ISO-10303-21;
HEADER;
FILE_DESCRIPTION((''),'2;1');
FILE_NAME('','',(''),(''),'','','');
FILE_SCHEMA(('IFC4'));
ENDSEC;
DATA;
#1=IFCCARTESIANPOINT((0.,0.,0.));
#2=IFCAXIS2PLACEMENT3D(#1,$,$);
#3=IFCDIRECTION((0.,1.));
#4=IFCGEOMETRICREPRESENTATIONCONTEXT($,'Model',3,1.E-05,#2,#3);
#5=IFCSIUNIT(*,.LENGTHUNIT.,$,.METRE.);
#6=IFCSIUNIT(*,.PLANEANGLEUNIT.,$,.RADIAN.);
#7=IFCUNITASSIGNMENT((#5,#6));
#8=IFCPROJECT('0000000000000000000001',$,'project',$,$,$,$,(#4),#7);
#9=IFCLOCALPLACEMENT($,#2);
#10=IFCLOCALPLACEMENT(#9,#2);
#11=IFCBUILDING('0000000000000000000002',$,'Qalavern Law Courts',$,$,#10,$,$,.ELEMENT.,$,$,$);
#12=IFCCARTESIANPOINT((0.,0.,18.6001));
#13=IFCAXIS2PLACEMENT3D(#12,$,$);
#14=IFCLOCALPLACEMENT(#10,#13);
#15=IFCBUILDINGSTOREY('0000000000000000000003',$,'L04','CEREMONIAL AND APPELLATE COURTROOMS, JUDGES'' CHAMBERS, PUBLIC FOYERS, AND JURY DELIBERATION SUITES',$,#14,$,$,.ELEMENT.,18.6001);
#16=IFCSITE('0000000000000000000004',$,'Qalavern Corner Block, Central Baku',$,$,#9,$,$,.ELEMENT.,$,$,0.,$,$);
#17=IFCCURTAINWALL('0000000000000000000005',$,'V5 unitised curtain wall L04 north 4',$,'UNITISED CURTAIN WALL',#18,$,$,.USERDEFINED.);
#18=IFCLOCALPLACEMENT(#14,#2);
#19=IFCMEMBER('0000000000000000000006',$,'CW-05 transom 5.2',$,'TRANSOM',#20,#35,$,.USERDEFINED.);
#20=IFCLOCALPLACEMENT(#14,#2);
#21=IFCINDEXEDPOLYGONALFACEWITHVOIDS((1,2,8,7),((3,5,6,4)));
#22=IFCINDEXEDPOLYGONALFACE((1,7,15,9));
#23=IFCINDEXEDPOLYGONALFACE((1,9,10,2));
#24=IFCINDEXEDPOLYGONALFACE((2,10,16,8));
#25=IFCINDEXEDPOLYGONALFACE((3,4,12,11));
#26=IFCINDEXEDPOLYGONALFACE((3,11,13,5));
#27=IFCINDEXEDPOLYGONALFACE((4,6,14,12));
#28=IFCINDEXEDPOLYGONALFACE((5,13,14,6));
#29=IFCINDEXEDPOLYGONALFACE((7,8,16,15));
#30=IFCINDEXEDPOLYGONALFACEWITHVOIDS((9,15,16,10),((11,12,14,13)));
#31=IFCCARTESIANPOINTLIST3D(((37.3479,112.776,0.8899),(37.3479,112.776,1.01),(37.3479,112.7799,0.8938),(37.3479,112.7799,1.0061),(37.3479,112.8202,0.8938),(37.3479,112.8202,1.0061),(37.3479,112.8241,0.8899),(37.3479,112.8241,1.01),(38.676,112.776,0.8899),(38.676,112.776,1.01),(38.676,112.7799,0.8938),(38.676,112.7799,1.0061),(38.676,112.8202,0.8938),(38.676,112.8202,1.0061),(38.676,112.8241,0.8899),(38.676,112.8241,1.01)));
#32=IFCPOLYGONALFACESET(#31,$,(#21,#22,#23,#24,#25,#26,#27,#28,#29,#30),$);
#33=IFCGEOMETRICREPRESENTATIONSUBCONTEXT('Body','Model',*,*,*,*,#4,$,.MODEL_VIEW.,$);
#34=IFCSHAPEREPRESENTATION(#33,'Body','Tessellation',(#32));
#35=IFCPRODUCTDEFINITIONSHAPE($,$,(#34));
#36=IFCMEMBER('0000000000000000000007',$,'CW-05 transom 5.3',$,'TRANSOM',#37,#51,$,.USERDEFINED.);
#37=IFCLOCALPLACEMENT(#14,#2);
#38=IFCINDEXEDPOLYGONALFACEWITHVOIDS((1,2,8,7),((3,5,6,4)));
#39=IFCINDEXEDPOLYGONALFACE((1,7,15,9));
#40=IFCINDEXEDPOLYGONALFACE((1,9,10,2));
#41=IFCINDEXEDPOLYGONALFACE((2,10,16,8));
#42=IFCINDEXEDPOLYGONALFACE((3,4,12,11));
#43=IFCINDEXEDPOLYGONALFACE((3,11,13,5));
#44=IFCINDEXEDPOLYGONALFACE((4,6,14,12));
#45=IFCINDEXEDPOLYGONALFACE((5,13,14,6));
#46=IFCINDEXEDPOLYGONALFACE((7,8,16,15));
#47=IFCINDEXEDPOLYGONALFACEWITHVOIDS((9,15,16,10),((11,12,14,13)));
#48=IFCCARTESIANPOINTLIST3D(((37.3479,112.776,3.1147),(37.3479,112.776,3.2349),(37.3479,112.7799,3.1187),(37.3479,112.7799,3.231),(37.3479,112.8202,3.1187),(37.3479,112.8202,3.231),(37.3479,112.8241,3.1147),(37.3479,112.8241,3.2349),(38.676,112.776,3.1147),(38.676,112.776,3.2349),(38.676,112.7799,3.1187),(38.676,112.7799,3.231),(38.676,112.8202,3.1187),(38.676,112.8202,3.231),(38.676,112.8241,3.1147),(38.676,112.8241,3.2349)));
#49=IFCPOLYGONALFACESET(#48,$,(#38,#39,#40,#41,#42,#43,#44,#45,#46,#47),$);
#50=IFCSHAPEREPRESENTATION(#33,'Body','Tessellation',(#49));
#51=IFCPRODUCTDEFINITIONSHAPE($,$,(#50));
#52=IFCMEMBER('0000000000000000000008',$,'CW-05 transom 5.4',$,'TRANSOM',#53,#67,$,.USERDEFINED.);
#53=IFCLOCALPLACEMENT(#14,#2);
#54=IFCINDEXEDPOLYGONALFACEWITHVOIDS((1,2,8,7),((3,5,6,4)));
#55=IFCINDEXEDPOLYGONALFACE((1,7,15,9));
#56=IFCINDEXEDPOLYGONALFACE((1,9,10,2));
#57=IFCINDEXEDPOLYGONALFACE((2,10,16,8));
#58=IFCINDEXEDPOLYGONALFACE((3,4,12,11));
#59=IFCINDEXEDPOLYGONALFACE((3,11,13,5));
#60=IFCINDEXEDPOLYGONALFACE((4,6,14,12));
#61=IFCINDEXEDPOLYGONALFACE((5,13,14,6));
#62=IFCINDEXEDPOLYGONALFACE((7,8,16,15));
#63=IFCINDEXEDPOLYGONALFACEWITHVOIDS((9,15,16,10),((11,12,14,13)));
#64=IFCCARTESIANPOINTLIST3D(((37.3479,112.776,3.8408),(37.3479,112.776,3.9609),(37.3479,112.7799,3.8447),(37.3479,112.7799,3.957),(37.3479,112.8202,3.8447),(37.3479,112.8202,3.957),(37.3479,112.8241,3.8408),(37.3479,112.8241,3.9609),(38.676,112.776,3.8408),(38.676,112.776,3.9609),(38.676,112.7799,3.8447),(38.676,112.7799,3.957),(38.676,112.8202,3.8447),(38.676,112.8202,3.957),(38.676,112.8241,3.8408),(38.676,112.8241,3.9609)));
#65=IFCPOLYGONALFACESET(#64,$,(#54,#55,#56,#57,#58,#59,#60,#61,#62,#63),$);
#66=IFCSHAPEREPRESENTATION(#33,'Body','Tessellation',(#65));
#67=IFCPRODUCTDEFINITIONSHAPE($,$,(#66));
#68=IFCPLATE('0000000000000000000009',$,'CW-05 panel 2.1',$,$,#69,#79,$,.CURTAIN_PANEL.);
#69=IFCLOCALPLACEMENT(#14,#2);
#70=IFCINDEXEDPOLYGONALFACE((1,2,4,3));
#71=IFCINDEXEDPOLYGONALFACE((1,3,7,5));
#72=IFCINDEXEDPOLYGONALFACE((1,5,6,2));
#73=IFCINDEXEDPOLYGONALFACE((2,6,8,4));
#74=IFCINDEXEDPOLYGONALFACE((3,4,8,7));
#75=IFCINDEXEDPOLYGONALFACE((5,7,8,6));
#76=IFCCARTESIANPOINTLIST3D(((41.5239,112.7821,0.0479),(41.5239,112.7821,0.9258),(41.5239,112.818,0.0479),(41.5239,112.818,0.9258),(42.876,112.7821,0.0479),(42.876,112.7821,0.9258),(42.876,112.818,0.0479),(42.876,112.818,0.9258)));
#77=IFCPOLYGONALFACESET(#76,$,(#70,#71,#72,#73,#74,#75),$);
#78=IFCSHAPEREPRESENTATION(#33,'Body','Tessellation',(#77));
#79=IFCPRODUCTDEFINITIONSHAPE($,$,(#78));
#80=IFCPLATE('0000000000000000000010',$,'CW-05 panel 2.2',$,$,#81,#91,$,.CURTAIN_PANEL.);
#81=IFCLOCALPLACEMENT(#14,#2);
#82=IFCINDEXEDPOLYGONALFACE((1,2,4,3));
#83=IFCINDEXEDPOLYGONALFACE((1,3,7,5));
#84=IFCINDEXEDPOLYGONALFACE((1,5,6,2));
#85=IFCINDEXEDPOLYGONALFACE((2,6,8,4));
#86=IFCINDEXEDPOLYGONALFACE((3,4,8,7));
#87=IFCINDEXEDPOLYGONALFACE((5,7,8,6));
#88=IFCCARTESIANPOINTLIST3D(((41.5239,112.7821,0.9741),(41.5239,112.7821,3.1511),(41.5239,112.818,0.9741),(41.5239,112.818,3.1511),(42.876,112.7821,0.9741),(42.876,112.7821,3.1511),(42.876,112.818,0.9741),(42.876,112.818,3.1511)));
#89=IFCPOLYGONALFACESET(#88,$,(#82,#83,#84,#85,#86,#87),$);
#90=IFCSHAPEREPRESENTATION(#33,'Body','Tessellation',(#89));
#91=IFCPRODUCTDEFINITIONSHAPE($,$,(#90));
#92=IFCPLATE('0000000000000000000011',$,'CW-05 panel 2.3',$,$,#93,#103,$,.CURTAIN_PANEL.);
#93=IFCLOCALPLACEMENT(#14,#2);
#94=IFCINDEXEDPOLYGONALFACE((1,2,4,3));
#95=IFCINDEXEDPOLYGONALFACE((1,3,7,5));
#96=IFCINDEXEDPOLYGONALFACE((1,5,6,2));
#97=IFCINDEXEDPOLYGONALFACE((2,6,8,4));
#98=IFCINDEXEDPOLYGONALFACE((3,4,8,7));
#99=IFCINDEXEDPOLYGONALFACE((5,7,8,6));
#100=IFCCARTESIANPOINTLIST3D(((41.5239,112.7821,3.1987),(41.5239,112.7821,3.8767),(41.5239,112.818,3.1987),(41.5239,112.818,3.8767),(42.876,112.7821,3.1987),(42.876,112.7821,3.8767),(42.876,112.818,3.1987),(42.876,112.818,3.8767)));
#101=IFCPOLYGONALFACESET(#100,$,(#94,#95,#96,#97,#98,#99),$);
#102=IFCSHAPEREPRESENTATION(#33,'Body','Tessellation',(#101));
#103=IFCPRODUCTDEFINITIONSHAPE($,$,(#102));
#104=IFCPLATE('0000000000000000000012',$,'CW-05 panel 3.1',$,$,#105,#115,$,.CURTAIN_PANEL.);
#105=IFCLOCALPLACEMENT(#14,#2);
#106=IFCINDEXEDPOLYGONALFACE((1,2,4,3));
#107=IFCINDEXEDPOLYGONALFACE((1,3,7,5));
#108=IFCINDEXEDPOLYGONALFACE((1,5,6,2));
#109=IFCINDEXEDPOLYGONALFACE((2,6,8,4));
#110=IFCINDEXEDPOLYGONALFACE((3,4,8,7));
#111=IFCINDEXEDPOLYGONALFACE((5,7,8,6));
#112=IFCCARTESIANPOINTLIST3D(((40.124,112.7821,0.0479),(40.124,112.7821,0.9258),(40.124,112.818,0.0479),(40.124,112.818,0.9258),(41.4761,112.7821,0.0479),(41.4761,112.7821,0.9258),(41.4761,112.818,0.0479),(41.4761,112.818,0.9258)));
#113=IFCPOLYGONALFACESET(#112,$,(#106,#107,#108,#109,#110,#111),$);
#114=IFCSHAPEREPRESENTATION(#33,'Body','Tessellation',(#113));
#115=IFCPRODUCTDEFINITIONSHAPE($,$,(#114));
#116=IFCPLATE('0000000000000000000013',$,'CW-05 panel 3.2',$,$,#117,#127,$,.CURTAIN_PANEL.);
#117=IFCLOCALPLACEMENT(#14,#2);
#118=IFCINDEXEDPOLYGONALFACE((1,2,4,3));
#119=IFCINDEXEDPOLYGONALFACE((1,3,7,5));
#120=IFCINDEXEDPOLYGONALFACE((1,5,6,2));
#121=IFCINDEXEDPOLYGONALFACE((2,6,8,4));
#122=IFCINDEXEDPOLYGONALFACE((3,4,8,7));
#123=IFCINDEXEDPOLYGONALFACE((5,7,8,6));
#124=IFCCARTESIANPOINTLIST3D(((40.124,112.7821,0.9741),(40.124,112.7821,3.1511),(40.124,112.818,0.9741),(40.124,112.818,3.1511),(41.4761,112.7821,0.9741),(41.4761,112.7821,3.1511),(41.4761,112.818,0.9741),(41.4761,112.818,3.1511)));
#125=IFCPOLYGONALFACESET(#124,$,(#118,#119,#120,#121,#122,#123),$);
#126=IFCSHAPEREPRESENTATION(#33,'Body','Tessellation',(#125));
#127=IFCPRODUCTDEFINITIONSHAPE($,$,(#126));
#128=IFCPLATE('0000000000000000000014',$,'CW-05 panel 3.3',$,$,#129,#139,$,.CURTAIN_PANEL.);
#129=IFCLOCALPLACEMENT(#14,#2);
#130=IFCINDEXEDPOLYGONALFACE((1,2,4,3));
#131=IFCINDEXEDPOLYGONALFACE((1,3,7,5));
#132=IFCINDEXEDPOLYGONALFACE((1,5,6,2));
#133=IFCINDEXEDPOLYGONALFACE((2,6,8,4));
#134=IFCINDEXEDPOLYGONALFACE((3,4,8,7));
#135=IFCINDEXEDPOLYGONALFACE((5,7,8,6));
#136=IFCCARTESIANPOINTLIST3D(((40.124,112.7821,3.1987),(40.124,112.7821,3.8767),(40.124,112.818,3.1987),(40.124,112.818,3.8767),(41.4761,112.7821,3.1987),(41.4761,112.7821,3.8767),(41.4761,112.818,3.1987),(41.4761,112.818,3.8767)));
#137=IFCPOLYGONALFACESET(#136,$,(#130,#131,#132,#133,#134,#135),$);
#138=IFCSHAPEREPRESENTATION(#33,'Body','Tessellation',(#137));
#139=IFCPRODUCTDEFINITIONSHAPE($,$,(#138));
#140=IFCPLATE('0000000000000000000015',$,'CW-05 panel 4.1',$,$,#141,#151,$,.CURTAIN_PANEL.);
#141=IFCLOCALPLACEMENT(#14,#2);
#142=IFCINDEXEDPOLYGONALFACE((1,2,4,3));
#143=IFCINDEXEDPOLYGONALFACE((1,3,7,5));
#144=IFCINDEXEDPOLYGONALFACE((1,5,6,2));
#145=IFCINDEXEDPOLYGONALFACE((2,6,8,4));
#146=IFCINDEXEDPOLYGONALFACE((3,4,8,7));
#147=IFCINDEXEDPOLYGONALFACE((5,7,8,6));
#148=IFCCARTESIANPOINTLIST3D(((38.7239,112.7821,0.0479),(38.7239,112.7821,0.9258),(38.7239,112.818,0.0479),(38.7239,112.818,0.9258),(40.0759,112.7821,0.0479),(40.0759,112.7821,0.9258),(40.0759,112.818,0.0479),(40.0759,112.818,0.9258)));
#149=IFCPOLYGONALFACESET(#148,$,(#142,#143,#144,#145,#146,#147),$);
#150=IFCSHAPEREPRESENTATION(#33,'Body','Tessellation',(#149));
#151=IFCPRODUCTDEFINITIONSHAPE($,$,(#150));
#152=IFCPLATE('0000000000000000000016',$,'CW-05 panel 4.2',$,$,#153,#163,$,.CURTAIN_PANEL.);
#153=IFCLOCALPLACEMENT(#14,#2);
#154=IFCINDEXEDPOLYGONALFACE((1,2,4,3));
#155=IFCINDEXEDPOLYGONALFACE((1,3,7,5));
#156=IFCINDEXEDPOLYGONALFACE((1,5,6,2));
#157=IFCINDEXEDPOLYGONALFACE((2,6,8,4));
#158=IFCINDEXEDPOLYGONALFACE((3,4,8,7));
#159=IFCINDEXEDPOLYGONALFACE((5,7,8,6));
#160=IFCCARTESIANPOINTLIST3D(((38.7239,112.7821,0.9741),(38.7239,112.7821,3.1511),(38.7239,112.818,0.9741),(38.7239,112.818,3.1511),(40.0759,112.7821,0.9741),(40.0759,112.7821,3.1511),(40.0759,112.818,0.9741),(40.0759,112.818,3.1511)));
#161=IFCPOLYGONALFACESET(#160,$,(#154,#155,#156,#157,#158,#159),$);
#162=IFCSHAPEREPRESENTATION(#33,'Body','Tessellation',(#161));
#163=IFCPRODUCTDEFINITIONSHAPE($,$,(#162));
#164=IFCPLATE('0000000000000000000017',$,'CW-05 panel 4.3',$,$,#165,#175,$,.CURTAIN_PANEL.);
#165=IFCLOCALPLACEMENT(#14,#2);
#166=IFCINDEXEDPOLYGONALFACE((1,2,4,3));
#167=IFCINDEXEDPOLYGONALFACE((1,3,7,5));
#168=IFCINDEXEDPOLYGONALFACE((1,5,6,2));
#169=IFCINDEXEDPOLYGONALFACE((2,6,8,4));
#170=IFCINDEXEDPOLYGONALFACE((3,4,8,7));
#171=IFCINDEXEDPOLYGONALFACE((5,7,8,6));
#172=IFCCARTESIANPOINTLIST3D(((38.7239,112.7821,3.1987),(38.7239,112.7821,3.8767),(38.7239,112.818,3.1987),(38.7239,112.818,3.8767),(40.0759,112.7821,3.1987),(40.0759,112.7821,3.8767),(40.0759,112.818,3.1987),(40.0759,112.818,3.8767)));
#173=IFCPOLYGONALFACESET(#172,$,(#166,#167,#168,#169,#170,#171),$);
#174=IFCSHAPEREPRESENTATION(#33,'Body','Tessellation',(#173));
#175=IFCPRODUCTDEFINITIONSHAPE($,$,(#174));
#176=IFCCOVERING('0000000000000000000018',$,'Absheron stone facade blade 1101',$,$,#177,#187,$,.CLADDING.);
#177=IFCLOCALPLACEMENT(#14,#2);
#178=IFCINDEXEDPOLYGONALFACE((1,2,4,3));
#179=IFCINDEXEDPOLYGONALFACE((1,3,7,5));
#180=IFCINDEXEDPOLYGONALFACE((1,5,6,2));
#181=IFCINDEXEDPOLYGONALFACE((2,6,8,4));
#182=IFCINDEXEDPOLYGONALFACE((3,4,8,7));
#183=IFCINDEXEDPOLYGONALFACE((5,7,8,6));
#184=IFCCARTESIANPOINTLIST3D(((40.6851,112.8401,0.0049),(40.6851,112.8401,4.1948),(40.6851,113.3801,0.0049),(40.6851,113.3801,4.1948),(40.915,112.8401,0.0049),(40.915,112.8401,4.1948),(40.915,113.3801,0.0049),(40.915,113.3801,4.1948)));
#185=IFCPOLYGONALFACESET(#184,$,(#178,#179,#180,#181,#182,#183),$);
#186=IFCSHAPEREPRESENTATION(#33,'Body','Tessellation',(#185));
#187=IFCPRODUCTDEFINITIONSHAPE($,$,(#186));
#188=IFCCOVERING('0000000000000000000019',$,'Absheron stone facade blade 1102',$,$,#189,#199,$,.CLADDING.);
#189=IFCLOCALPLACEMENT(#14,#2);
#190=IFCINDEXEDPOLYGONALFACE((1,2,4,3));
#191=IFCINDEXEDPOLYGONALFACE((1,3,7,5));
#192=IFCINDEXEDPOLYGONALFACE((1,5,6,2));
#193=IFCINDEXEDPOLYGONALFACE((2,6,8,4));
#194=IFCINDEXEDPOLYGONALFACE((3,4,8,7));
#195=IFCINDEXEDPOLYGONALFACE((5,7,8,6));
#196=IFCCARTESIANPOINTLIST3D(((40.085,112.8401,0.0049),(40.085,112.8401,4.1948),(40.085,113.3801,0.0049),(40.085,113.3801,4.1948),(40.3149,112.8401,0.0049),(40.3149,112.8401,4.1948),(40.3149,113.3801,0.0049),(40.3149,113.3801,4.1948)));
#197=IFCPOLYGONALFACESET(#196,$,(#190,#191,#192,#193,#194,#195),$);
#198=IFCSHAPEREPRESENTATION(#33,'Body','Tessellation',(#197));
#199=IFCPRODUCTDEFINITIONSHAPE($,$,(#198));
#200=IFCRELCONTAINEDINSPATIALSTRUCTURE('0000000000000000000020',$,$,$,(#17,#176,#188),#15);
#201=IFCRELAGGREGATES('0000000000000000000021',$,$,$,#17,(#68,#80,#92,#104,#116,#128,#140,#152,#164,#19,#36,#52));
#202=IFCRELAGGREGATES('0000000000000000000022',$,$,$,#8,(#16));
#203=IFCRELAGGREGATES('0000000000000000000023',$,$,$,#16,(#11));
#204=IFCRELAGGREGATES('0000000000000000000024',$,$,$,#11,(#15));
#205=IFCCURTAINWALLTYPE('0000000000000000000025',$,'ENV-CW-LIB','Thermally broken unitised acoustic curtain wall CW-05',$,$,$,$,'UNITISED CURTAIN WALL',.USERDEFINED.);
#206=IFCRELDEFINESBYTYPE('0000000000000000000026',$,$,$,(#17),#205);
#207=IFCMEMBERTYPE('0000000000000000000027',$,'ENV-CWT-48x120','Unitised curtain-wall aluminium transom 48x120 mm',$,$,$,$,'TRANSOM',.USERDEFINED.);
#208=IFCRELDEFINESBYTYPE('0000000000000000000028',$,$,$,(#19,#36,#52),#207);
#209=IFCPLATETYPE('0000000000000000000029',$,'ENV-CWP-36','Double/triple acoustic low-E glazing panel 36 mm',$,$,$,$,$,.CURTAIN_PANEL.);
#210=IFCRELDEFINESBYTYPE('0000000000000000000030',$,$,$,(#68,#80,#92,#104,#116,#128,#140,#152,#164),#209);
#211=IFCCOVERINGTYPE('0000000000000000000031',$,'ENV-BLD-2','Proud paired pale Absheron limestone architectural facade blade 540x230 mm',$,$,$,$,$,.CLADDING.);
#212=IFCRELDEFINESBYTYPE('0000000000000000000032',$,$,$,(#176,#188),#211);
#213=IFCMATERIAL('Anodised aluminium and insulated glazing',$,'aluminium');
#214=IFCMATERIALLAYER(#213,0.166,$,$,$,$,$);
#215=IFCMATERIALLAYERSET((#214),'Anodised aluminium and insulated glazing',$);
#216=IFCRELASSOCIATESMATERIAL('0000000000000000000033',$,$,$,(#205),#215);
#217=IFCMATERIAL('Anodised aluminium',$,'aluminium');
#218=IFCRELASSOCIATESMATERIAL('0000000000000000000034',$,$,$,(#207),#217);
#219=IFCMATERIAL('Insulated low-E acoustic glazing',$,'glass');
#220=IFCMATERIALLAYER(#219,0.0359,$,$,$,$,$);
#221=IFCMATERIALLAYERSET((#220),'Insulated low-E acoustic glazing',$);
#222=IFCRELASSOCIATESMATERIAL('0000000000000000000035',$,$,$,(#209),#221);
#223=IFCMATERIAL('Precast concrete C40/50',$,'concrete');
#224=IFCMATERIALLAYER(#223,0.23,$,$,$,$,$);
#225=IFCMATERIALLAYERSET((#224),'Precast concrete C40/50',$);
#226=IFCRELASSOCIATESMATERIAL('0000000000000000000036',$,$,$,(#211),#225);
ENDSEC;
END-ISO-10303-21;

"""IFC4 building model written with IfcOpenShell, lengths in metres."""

from ifc_helpers import new_model, si_unit, direction, frame, origin, origin_2d, place, context, subcontext, project, spatial, rectangle, hollow_rectangle, extrude, material, layer, layer_set, material_profile, profile_set, type_object, element, aggregate, save


model = new_model("IFC4")

# Units and contexts
model_context = context("Model", 3, precision=1e-05, world=origin(), true_north=direction((0.0, 1.0)))
body_context = subcontext(model_context, "Body", "Model", "MODEL_VIEW")
ifc_project = project(units=[si_unit("LENGTHUNIT", "METRE"), si_unit("PLANEANGLEUNIT", "RADIAN")], contexts=[model_context])

# Site, building, storey
site_placement = place(None, origin())
site = spatial("IfcSite", under=ifc_project, at=site_placement, Name="Qalavern Corner Block, Central Baku", CompositionType="ELEMENT", RefElevation=0.0)
building_placement = place(site_placement, origin())
building = spatial("IfcBuilding", under=site, at=building_placement, Name="Qalavern Law Courts", CompositionType="ELEMENT")
storey_placement = place(building_placement, frame((0.0, 0.0, 18.6001)))
storey = spatial("IfcBuildingStorey", under=building, at=storey_placement, Name="L04", Description="CEREMONIAL AND APPELLATE COURTROOMS, JUDGES' CHAMBERS, PUBLIC FOYERS, AND JURY DELIBERATION SUITES", CompositionType="ELEMENT", Elevation=18.6001)

# Curtain wall, members, plates
ifc_material_1 = material(Name="Anodised aluminium and insulated glazing", Category="aluminium")
ifc_layer_1 = layer(ifc_material_1, 0.166)
ifc_layer_set_1 = layer_set([ifc_layer_1], Name="Anodised aluminium and insulated glazing")
curtain_wall_type = type_object("IfcCurtainWallType", Name="ENV-CW-LIB", Description="Thermally broken unitised acoustic curtain wall CW-05", ElementType="UNITISED CURTAIN WALL", PredefinedType="USERDEFINED", material=ifc_layer_set_1)
curtain_wall_placement = place(storey_placement, origin())
curtain_wall = element("IfcCurtainWall", 1, at=curtain_wall_placement, inside=storey, type_object=curtain_wall_type, Name="V5 unitised curtain wall L04 north 4", ObjectType="UNITISED CURTAIN WALL", PredefinedType="USERDEFINED")
ifc_material_2 = material(Name="Anodised aluminium", Category="aluminium")
ifc_material_profile_1 = material_profile(ifc_material_2, hollow_rectangle(XDim=0.0481, YDim=0.1201, WallThickness=0.0039, at=origin_2d()), Name="ALU TRANSOM 48x120")
ifc_profile_set_1 = profile_set([ifc_material_profile_1], Name="Anodised aluminium")
member_type_1 = type_object("IfcMemberType", Name="ENV-CWT-48x120", Description="Unitised curtain-wall aluminium transom 48x120 mm", ElementType="TRANSOM", PredefinedType="USERDEFINED", material=ifc_profile_set_1)
member_1_placement = place(storey_placement, frame((38.676, 112.8, 0.95), z_axis=(-1.0, 0.0, 0.0), x_axis=(0.0, -1.0, 0.0)))
member_1 = element("IfcMember", 2, at=member_1_placement, type_object=member_type_1, Name="CW-05 transom 5.2", ObjectType="TRANSOM", PredefinedType="USERDEFINED", context=body_context, shape_type="SweptSolid", body=[
    extrude(hollow_rectangle(XDim=0.0481, YDim=0.1201, WallThickness=0.0039, at=origin_2d()), origin(), (0.0, 0.0, 1.0), 1.3281),
])
member_2_placement = place(storey_placement, frame((38.676, 112.8, 3.1748), z_axis=(-1.0, 0.0, 0.0), x_axis=(0.0, -1.0, 0.0)))
member_2 = element("IfcMember", 3, at=member_2_placement, type_object=member_type_1, Name="CW-05 transom 5.3", ObjectType="TRANSOM", PredefinedType="USERDEFINED", context=body_context, shape_type="SweptSolid", body=[
    extrude(hollow_rectangle(XDim=0.0481, YDim=0.1201, WallThickness=0.0039, at=origin_2d()), origin(), (0.0, 0.0, 1.0), 1.3281),
])
member_3_placement = place(storey_placement, frame((38.676, 112.8, 3.9009), z_axis=(-1.0, 0.0, 0.0), x_axis=(0.0, -1.0, 0.0)))
member_3 = element("IfcMember", 4, at=member_3_placement, type_object=member_type_1, Name="CW-05 transom 5.4", ObjectType="TRANSOM", PredefinedType="USERDEFINED", context=body_context, shape_type="SweptSolid", body=[
    extrude(hollow_rectangle(XDim=0.0481, YDim=0.1201, WallThickness=0.0039, at=origin_2d()), origin(), (0.0, 0.0, 1.0), 1.3281),
])
ifc_material_3 = material(Name="Insulated low-E acoustic glazing", Category="glass")
ifc_layer_2 = layer(ifc_material_3, 0.0359)
ifc_layer_set_2 = layer_set([ifc_layer_2], Name="Insulated low-E acoustic glazing")
plate_type = type_object("IfcPlateType", Name="ENV-CWP-36", Description="Double/triple acoustic low-E glazing panel 36 mm", PredefinedType="CURTAIN_PANEL", material=ifc_layer_set_2)
plate_1_placement = place(storey_placement, frame((42.2, 112.8, 0.0479), z_axis=(0.0, 0.0, 1.0), x_axis=(-1.0, 0.0, 0.0)))
plate_1 = element("IfcPlate", 5, at=plate_1_placement, type_object=plate_type, Name="CW-05 panel 2.1", PredefinedType="CURTAIN_PANEL", context=body_context, shape_type="SweptSolid", body=[
    extrude(rectangle(XDim=1.3521, YDim=0.0359, at=origin_2d()), origin(), (0.0, 0.0, 1.0), 0.8779),
])
plate_2_placement = place(storey_placement, frame((42.2, 112.8, 0.9741), z_axis=(0.0, 0.0, 1.0), x_axis=(-1.0, 0.0, 0.0)))
plate_2 = element("IfcPlate", 6, at=plate_2_placement, type_object=plate_type, Name="CW-05 panel 2.2", PredefinedType="CURTAIN_PANEL", context=body_context, shape_type="SweptSolid", body=[
    extrude(rectangle(XDim=1.3521, YDim=0.0359, at=origin_2d()), origin(), (0.0, 0.0, 1.0), 2.177),
])
plate_3_placement = place(storey_placement, frame((42.2, 112.8, 3.1987), z_axis=(0.0, 0.0, 1.0), x_axis=(-1.0, 0.0, 0.0)))
plate_3 = element("IfcPlate", 7, at=plate_3_placement, type_object=plate_type, Name="CW-05 panel 2.3", PredefinedType="CURTAIN_PANEL", context=body_context, shape_type="SweptSolid", body=[
    extrude(rectangle(XDim=1.3521, YDim=0.0359, at=origin_2d()), origin(), (0.0, 0.0, 1.0), 0.678),
])
plate_4_placement = place(storey_placement, frame((40.8, 112.8, 0.0479), z_axis=(0.0, 0.0, 1.0), x_axis=(-1.0, 0.0, 0.0)))
plate_4 = element("IfcPlate", 8, at=plate_4_placement, type_object=plate_type, Name="CW-05 panel 3.1", PredefinedType="CURTAIN_PANEL", context=body_context, shape_type="SweptSolid", body=[
    extrude(rectangle(XDim=1.3521, YDim=0.0359, at=origin_2d()), origin(), (0.0, 0.0, 1.0), 0.8779),
])
plate_5_placement = place(storey_placement, frame((40.8, 112.8, 0.9741), z_axis=(0.0, 0.0, 1.0), x_axis=(-1.0, 0.0, 0.0)))
plate_5 = element("IfcPlate", 9, at=plate_5_placement, type_object=plate_type, Name="CW-05 panel 3.2", PredefinedType="CURTAIN_PANEL", context=body_context, shape_type="SweptSolid", body=[
    extrude(rectangle(XDim=1.3521, YDim=0.0359, at=origin_2d()), origin(), (0.0, 0.0, 1.0), 2.177),
])
plate_6_placement = place(storey_placement, frame((40.8, 112.8, 3.1987), z_axis=(0.0, 0.0, 1.0), x_axis=(-1.0, 0.0, 0.0)))
plate_6 = element("IfcPlate", 10, at=plate_6_placement, type_object=plate_type, Name="CW-05 panel 3.3", PredefinedType="CURTAIN_PANEL", context=body_context, shape_type="SweptSolid", body=[
    extrude(rectangle(XDim=1.3521, YDim=0.0359, at=origin_2d()), origin(), (0.0, 0.0, 1.0), 0.678),
])
plate_7_placement = place(storey_placement, frame((39.3999, 112.8, 0.0479), z_axis=(0.0, 0.0, 1.0), x_axis=(-1.0, 0.0, 0.0)))
plate_7 = element("IfcPlate", 11, at=plate_7_placement, type_object=plate_type, Name="CW-05 panel 4.1", PredefinedType="CURTAIN_PANEL", context=body_context, shape_type="SweptSolid", body=[
    extrude(rectangle(XDim=1.3521, YDim=0.0359, at=origin_2d()), origin(), (0.0, 0.0, 1.0), 0.8779),
])
plate_8_placement = place(storey_placement, frame((39.3999, 112.8, 0.9741), z_axis=(0.0, 0.0, 1.0), x_axis=(-1.0, 0.0, 0.0)))
plate_8 = element("IfcPlate", 12, at=plate_8_placement, type_object=plate_type, Name="CW-05 panel 4.2", PredefinedType="CURTAIN_PANEL", context=body_context, shape_type="SweptSolid", body=[
    extrude(rectangle(XDim=1.3521, YDim=0.0359, at=origin_2d()), origin(), (0.0, 0.0, 1.0), 2.177),
])
plate_9_placement = place(storey_placement, frame((39.3999, 112.8, 3.1987), z_axis=(0.0, 0.0, 1.0), x_axis=(-1.0, 0.0, 0.0)))
plate_9 = element("IfcPlate", 13, at=plate_9_placement, type_object=plate_type, Name="CW-05 panel 4.3", PredefinedType="CURTAIN_PANEL", context=body_context, shape_type="SweptSolid", body=[
    extrude(rectangle(XDim=1.3521, YDim=0.0359, at=origin_2d()), origin(), (0.0, 0.0, 1.0), 0.678),
])
aggregate(curtain_wall, [plate_1, plate_2, plate_3, plate_4, plate_5, plate_6, plate_7, plate_8, plate_9, member_1, member_2, member_3])

# Coverings
ifc_material_4 = material(Name="Precast concrete C40/50", Category="concrete")
ifc_layer_3 = layer(ifc_material_4, 0.23)
ifc_layer_set_3 = layer_set([ifc_layer_3], Name="Precast concrete C40/50")
covering_type_1 = type_object("IfcCoveringType", Name="ENV-BLD-2", Description="Proud paired pale Absheron limestone architectural facade blade 540x230 mm", PredefinedType="CLADDING", material=ifc_layer_set_3)
for number, where, z_axis, x_axis, name in (
    (14, (40.8, 113.1101, 0.0049), (0.0, 0.0, 1.0), (0.0, 1.0, 0.0), "Absheron stone facade blade 1101"),
    (15, (40.2, 113.1101, 0.0049), (0.0, 0.0, 1.0), (0.0, 1.0, 0.0), "Absheron stone facade blade 1102"),
):
    element("IfcCovering", number, at=place(storey_placement, frame(where, z_axis=z_axis, x_axis=x_axis)), inside=storey, type_object=covering_type_1, Name=name, PredefinedType="CLADDING", context=body_context, shape_type="SweptSolid", body=[
        extrude(rectangle(XDim=0.54, YDim=0.23, at=origin_2d()), origin(), (0.0, 0.0, 1.0), 4.1899),
    ])

save(model, "model.ifc")
